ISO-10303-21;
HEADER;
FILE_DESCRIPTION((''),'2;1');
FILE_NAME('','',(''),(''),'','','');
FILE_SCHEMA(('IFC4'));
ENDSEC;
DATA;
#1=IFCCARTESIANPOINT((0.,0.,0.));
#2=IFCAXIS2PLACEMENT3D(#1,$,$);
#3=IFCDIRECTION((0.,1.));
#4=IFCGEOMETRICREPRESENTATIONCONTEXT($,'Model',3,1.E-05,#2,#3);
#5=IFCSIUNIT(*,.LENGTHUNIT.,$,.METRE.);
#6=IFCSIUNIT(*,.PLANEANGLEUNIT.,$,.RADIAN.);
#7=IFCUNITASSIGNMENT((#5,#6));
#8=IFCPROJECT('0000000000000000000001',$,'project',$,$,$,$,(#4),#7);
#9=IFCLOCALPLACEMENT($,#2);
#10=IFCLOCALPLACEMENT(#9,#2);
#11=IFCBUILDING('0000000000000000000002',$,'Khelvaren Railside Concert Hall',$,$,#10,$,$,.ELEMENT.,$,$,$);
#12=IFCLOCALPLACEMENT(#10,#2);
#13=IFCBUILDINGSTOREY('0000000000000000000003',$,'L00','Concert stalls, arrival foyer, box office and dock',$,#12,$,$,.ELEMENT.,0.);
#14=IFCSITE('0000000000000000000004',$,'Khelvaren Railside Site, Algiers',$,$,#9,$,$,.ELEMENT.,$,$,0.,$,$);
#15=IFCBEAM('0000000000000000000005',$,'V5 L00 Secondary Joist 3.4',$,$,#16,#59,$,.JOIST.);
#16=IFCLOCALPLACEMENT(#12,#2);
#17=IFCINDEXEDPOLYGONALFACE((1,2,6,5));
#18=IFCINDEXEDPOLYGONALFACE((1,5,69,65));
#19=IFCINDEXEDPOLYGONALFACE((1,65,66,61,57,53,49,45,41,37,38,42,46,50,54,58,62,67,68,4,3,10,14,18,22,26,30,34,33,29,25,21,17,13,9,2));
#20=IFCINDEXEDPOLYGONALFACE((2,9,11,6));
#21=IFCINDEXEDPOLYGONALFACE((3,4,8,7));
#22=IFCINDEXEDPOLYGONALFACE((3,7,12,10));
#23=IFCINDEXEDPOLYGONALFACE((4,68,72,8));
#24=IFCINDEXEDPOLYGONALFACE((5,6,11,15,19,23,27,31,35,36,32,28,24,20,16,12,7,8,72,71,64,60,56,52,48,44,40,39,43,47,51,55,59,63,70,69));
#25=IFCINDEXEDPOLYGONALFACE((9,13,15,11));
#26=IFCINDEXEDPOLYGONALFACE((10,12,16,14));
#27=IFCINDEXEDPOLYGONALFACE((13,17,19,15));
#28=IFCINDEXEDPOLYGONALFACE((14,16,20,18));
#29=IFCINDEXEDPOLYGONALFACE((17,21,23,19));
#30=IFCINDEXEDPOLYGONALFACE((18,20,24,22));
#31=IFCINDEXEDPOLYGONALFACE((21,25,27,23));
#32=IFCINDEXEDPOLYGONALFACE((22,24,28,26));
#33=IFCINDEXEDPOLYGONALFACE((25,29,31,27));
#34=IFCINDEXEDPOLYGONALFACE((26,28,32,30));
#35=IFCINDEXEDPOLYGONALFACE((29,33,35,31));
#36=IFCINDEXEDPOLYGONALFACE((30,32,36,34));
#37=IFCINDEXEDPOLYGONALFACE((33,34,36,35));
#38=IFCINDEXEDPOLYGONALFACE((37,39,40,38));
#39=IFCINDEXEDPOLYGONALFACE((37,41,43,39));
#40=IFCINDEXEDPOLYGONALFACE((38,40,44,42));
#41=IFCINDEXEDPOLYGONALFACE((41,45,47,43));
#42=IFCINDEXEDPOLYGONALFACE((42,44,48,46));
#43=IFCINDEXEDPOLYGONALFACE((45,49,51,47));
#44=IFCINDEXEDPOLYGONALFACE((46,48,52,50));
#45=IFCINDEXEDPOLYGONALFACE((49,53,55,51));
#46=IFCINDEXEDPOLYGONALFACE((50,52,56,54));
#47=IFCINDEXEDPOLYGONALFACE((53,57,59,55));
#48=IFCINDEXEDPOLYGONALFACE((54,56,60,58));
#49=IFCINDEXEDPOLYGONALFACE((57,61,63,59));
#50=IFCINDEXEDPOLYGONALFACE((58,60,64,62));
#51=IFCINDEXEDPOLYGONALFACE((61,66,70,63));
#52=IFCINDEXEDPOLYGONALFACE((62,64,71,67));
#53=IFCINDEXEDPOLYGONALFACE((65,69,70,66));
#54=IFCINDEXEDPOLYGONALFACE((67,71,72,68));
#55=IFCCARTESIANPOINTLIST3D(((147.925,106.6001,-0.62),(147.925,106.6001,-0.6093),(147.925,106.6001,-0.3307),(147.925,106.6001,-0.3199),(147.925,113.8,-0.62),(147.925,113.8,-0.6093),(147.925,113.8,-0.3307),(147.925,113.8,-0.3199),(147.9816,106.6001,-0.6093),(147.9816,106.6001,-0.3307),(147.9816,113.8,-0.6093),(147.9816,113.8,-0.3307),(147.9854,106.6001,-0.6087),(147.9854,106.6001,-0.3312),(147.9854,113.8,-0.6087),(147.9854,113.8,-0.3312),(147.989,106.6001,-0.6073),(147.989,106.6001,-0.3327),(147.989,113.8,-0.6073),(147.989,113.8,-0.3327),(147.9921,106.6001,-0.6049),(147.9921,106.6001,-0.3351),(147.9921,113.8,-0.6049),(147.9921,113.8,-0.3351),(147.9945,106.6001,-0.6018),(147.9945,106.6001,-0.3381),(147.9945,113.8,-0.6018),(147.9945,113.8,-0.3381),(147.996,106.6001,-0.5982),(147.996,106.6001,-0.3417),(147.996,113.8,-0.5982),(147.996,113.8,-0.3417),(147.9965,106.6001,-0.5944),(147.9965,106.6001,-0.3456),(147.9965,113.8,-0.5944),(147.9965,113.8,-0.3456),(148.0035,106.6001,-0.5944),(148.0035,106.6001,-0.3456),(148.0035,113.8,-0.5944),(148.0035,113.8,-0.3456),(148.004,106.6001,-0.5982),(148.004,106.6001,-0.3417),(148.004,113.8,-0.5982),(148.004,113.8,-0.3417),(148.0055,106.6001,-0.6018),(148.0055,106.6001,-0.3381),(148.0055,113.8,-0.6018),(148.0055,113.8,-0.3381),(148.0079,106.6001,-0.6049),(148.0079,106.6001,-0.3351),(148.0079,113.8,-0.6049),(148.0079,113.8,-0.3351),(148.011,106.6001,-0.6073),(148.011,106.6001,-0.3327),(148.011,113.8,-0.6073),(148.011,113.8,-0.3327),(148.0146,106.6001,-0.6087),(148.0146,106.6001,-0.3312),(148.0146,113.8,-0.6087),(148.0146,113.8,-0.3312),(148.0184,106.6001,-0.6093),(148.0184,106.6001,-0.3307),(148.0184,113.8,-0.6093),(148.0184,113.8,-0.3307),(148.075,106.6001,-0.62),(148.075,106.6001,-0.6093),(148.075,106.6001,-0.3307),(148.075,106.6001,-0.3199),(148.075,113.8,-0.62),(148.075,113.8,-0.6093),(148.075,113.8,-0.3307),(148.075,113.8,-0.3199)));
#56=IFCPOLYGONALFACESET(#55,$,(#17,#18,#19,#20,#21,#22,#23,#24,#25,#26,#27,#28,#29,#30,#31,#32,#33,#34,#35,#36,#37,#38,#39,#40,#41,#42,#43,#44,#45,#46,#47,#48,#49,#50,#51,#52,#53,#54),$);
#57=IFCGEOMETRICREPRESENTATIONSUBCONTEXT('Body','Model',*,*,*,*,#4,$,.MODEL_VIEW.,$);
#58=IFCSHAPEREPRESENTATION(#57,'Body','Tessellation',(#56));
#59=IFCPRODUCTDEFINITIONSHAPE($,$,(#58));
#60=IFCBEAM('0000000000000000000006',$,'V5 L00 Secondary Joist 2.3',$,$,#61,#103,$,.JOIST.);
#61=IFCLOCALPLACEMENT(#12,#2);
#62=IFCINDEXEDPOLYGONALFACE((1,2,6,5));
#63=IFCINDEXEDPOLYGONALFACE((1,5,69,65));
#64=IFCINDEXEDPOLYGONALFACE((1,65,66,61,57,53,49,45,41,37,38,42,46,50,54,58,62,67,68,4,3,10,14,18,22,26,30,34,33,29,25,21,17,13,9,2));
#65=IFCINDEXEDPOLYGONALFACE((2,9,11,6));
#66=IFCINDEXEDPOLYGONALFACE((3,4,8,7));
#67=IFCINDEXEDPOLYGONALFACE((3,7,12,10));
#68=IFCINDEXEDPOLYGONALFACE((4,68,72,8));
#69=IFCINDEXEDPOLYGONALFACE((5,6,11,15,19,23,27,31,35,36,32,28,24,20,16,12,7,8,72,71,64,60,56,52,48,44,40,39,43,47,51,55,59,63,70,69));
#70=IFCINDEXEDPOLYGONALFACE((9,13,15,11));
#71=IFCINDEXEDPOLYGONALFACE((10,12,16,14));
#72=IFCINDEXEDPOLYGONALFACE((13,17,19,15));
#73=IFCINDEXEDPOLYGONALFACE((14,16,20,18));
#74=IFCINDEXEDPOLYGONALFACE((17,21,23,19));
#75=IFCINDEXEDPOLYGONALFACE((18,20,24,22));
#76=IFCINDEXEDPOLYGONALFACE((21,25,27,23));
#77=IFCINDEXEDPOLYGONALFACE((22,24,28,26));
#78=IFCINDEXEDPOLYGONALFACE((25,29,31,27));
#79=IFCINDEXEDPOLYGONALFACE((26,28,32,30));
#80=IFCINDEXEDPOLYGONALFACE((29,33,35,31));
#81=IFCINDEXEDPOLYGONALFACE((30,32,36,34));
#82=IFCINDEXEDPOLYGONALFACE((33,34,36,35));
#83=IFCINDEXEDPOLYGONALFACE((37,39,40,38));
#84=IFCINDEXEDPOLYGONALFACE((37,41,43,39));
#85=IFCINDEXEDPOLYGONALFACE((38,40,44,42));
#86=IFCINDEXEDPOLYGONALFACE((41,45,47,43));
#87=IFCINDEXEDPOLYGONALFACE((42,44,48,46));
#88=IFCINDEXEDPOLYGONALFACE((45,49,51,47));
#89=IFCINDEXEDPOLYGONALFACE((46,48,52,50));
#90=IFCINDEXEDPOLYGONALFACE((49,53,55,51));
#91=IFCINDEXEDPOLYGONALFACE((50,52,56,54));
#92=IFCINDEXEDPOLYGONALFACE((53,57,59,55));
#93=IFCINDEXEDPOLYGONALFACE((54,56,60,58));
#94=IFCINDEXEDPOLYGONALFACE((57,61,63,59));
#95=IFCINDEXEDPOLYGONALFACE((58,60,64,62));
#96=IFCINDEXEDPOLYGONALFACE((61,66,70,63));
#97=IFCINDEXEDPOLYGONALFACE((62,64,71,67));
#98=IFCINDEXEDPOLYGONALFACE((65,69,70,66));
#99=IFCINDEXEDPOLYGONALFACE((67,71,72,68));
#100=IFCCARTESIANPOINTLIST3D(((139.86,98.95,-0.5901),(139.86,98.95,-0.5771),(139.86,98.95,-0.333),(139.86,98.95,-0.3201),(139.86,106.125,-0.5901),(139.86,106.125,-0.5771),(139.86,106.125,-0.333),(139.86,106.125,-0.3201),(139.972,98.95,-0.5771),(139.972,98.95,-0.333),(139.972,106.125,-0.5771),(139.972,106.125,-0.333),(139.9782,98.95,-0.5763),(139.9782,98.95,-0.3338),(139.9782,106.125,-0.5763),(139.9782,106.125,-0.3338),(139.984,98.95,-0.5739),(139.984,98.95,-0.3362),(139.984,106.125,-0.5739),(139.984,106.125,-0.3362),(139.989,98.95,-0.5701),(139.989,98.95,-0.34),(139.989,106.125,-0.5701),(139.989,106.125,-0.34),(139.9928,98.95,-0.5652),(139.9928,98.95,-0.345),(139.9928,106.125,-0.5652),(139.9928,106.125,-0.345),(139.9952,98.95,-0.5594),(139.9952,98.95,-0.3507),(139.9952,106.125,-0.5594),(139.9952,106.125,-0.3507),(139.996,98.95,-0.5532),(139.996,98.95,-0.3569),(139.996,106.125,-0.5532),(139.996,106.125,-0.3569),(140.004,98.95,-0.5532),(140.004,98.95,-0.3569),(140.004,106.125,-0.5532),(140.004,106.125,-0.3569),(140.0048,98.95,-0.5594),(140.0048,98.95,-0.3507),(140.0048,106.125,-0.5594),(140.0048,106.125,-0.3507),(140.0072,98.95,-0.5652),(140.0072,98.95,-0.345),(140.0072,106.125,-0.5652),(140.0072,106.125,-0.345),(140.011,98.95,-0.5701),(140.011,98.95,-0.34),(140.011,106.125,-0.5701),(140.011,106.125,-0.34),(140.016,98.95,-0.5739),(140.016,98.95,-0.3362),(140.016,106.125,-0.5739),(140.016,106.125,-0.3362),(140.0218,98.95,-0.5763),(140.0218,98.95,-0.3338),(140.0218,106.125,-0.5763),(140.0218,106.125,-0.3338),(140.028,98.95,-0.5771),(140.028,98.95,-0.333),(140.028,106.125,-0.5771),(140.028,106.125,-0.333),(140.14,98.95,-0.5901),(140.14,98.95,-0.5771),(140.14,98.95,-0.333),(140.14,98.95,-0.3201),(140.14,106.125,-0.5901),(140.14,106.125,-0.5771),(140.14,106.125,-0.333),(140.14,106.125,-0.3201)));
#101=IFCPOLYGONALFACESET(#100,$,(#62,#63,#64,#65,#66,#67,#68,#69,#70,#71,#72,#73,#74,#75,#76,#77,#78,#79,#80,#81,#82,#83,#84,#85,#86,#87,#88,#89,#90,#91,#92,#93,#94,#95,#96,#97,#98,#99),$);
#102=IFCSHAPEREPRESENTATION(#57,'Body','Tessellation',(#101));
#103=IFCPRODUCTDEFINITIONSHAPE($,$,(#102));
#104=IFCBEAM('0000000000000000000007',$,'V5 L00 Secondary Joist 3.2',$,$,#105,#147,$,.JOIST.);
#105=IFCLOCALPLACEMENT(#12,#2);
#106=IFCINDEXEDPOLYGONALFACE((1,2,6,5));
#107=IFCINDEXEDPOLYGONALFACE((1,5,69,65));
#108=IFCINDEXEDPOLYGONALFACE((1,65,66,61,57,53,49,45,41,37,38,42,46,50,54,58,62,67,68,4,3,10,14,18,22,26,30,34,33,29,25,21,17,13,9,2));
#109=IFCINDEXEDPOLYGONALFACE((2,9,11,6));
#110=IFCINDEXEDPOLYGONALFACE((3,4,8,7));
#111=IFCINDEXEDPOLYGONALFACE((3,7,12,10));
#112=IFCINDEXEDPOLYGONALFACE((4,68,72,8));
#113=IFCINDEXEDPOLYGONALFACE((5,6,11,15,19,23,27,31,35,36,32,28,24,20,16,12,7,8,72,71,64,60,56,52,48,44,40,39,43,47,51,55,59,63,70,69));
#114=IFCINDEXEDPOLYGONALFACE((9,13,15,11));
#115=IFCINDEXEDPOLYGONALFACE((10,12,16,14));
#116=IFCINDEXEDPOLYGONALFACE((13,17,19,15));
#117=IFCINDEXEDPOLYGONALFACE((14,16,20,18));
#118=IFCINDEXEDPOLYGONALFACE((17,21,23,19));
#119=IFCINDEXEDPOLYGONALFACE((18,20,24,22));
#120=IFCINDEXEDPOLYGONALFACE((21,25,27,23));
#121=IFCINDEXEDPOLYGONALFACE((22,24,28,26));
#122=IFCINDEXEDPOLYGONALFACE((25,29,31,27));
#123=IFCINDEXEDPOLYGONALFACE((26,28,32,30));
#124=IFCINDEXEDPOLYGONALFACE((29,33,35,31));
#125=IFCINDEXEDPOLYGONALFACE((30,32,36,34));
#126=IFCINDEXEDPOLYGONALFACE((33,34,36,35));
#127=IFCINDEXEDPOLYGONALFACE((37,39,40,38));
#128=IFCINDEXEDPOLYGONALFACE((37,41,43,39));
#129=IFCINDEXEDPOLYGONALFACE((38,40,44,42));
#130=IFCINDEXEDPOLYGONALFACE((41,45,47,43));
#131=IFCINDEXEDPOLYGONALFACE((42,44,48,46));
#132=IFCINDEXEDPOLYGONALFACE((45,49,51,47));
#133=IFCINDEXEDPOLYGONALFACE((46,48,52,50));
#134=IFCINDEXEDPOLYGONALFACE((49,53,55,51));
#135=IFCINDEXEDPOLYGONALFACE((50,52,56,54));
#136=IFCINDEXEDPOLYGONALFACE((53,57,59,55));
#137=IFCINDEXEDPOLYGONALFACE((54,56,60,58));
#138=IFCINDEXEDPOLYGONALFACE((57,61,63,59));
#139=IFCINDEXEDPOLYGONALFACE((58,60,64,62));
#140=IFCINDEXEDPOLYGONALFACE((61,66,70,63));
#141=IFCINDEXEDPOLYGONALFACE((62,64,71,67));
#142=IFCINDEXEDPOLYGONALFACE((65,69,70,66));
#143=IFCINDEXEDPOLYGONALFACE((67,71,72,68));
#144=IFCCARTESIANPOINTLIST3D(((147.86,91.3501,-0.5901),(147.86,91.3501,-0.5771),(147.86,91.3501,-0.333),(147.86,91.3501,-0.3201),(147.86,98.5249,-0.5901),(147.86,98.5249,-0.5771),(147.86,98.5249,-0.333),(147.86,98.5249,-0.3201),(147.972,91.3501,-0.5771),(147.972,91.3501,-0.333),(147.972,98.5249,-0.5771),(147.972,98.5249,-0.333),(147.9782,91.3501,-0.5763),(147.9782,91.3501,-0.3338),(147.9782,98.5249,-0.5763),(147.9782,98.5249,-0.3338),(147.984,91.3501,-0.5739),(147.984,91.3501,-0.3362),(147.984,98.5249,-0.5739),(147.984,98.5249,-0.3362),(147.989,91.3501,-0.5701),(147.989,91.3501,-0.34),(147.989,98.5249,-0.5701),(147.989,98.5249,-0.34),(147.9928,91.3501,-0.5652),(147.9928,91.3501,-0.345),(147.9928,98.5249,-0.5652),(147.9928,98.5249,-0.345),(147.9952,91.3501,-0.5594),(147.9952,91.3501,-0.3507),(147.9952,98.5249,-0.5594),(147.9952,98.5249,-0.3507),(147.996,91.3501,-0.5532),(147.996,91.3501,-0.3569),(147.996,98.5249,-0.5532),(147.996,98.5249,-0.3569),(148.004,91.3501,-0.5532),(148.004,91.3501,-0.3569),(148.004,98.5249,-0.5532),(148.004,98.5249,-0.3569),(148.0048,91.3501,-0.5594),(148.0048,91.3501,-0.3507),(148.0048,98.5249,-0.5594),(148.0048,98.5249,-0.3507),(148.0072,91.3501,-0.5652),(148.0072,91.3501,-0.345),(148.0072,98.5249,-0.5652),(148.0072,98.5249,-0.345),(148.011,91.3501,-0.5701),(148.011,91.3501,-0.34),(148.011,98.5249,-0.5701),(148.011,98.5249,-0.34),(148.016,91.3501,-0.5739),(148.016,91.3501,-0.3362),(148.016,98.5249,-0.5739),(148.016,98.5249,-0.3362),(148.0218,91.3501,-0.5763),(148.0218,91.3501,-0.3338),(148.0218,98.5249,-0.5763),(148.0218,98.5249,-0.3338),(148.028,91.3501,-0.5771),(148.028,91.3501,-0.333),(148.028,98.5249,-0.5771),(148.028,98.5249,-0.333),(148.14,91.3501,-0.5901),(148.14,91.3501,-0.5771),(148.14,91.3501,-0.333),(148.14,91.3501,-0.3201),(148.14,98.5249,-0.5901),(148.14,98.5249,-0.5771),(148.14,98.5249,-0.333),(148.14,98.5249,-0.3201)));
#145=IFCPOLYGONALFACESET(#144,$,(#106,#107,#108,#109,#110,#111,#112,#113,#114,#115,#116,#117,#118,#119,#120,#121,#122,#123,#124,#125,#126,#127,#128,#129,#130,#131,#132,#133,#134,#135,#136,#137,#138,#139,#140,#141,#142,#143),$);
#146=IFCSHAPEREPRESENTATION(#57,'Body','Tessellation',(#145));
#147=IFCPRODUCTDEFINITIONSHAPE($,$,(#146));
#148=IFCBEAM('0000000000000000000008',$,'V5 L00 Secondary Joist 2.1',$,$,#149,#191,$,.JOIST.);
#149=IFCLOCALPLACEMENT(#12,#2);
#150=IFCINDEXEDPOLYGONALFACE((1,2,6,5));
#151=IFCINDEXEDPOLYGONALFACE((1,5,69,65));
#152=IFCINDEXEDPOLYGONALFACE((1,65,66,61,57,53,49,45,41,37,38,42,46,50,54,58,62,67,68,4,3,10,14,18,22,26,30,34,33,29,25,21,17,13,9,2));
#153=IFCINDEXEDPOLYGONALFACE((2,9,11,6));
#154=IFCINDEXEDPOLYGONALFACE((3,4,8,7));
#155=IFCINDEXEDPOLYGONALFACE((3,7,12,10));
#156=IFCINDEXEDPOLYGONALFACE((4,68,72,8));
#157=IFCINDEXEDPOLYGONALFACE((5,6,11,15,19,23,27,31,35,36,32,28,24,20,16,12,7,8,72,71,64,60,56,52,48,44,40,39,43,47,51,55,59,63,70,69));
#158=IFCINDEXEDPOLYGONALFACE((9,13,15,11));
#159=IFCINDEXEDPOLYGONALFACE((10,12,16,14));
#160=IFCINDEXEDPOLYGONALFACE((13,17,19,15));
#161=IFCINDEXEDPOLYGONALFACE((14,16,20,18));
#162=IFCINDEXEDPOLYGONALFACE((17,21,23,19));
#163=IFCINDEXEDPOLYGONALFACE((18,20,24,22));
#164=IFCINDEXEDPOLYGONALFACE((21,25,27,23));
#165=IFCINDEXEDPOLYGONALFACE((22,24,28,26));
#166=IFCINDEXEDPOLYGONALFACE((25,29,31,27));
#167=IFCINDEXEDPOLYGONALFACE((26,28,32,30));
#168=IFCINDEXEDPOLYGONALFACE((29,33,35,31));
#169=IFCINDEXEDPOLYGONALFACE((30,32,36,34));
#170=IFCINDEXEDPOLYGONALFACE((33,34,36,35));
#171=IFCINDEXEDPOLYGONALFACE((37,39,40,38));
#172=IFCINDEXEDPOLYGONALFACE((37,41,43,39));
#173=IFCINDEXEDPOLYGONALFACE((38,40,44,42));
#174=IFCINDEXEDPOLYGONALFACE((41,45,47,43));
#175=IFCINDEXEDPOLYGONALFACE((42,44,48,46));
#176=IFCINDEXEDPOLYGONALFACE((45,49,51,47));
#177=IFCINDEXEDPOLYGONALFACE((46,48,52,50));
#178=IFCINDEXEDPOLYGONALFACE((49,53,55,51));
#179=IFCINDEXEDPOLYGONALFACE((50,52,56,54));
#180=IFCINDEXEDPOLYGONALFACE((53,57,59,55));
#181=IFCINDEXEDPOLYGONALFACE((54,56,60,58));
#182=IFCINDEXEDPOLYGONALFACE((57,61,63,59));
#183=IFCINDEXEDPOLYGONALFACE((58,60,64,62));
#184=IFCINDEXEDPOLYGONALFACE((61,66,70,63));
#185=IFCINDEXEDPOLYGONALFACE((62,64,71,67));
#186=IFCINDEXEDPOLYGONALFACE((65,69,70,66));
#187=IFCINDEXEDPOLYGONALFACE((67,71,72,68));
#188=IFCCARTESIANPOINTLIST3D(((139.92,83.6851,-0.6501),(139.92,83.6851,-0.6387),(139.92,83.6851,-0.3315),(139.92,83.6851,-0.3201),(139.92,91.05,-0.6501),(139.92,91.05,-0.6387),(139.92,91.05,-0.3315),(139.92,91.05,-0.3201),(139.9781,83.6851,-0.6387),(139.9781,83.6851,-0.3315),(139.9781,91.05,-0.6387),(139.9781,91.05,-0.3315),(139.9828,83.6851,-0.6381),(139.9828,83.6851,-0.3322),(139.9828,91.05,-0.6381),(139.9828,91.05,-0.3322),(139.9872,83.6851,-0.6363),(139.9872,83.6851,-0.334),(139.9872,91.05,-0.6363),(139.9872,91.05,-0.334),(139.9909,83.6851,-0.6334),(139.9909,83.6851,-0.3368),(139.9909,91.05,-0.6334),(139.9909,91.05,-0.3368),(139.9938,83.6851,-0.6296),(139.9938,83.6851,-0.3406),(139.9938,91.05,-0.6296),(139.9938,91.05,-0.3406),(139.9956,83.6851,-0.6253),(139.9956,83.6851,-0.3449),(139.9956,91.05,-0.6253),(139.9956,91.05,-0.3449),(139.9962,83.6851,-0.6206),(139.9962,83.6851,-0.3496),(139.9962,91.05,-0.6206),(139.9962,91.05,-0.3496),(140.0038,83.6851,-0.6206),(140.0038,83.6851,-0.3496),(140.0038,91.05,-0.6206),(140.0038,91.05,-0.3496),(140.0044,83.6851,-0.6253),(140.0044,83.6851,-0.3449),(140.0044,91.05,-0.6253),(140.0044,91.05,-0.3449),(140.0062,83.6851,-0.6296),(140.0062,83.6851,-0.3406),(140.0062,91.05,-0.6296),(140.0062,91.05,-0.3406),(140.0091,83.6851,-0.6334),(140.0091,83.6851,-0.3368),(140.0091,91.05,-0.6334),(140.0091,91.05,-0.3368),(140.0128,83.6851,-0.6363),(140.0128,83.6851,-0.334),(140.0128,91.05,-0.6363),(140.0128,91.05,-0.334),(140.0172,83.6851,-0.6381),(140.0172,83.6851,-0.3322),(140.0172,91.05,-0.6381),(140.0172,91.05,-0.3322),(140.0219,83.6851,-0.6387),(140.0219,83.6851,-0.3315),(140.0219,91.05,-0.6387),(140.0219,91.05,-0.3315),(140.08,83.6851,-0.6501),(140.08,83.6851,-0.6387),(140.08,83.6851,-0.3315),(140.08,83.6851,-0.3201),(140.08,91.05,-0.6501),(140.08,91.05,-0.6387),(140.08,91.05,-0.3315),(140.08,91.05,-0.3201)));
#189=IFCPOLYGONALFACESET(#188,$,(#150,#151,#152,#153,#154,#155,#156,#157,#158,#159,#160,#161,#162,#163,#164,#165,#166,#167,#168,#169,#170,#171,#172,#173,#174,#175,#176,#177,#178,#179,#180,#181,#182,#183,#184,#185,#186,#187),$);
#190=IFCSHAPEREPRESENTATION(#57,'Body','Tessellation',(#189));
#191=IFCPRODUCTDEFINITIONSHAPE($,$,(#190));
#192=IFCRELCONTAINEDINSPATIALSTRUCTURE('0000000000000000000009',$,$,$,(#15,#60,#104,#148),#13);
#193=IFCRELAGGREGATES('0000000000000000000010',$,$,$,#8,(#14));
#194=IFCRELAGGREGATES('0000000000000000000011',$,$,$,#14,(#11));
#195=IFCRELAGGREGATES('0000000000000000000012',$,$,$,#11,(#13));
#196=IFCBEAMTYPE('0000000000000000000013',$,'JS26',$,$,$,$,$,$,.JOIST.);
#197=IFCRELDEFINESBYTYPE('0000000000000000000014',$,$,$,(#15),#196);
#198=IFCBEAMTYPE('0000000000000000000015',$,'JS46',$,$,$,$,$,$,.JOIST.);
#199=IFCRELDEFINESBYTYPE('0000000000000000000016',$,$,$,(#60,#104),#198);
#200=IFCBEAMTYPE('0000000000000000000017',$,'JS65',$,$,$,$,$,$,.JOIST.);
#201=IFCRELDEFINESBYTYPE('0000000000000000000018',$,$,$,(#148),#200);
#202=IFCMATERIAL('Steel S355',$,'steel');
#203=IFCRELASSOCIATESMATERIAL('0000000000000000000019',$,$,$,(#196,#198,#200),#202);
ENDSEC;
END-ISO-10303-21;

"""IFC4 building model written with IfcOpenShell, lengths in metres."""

from ifc_helpers import new_model, si_unit, direction, frame, origin, origin_2d, place, context, subcontext, project, spatial, i_section, extrude, material, material_profile, profile_set, type_object, element, save


model = new_model("IFC4")

# Units and contexts
model_context = context("Model", 3, precision=1e-05, world=origin(), true_north=direction((0.0, 1.0)))
body_context = subcontext(model_context, "Body", "Model", "MODEL_VIEW")
ifc_project = project(units=[si_unit("LENGTHUNIT", "METRE"), si_unit("PLANEANGLEUNIT", "RADIAN")], contexts=[model_context])

# Site, building, storey
site_placement = place(None, origin())
site = spatial("IfcSite", under=ifc_project, at=site_placement, Name="Khelvaren Railside Site, Algiers", CompositionType="ELEMENT", RefElevation=0.0)
building_placement = place(site_placement, origin())
building = spatial("IfcBuilding", under=site, at=building_placement, Name="Khelvaren Railside Concert Hall", CompositionType="ELEMENT")
storey_placement = place(building_placement, origin())
storey = spatial("IfcBuildingStorey", under=building, at=storey_placement, Name="L00", Description="Concert stalls, arrival foyer, box office and dock", CompositionType="ELEMENT", Elevation=0.0)

# Beams
ifc_material_1 = material(Name="Steel S355", Category="steel")
ifc_material_profile_1 = material_profile(ifc_material_1, i_section(OverallWidth=0.1499, OverallDepth=0.3, WebThickness=0.0071, FlangeThickness=0.0107, FilletRadius=0.0149, at=origin_2d()), Name="IPE 300")
ifc_profile_set_1 = profile_set([ifc_material_profile_1], Name="Steel S355")
beam_type_1 = type_object("IfcBeamType", Name="JS26", PredefinedType="JOIST", material=ifc_profile_set_1)
beam_1_placement = place(storey_placement, frame((148.0, 106.6001, -0.47), z_axis=(0.0, 1.0, 0.0), x_axis=(-1.0, 0.0, 0.0)))
element("IfcBeam", 1, at=beam_1_placement, inside=storey, type_object=beam_type_1, Name="V5 L00 Secondary Joist 3.4", PredefinedType="JOIST", context=body_context, shape_type="SweptSolid", body=[
    extrude(i_section(OverallWidth=0.1499, OverallDepth=0.3, WebThickness=0.0071, FlangeThickness=0.0107, FilletRadius=0.0149, at=origin_2d()), origin(), (0.0, 0.0, 1.0), 7.2),
])
ifc_material_profile_2 = material_profile(ifc_material_1, i_section(OverallWidth=0.28, OverallDepth=0.27, WebThickness=0.0081, FlangeThickness=0.0129, FilletRadius=0.0239, at=origin_2d()), Name="HEA 280")
ifc_profile_set_2 = profile_set([ifc_material_profile_2], Name="Steel S355")
beam_type_2 = type_object("IfcBeamType", Name="JS46", PredefinedType="JOIST", material=ifc_profile_set_2)
beam_2_placement = place(storey_placement, frame((140.0, 98.95, -0.4551), z_axis=(0.0, 1.0, 0.0), x_axis=(-1.0, 0.0, 0.0)))
element("IfcBeam", 2, at=beam_2_placement, inside=storey, type_object=beam_type_2, Name="V5 L00 Secondary Joist 2.3", PredefinedType="JOIST", context=body_context, shape_type="SweptSolid", body=[
    extrude(i_section(OverallWidth=0.28, OverallDepth=0.27, WebThickness=0.0081, FlangeThickness=0.0129, FilletRadius=0.0239, at=origin_2d()), origin(), (0.0, 0.0, 1.0), 7.175),
])
beam_3_placement = place(storey_placement, frame((148.0, 91.3501, -0.4551), z_axis=(0.0, 1.0, 0.0), x_axis=(-1.0, 0.0, 0.0)))
element("IfcBeam", 3, at=beam_3_placement, inside=storey, type_object=beam_type_2, Name="V5 L00 Secondary Joist 3.2", PredefinedType="JOIST", context=body_context, shape_type="SweptSolid", body=[
    extrude(i_section(OverallWidth=0.28, OverallDepth=0.27, WebThickness=0.0081, FlangeThickness=0.0129, FilletRadius=0.0239, at=origin_2d()), origin(), (0.0, 0.0, 1.0), 7.1748),
])
ifc_material_profile_3 = material_profile(ifc_material_1, i_section(OverallWidth=0.1599, OverallDepth=0.3301, WebThickness=0.0076, FlangeThickness=0.0115, FilletRadius=0.0181, at=origin_2d()), Name="IPE 330")
ifc_profile_set_3 = profile_set([ifc_material_profile_3], Name="Steel S355")
beam_type_3 = type_object("IfcBeamType", Name="JS65", PredefinedType="JOIST", material=ifc_profile_set_3)
beam_4_placement = place(storey_placement, frame((140.0, 83.6851, -0.4851), z_axis=(0.0, 1.0, 0.0), x_axis=(-1.0, 0.0, 0.0)))
element("IfcBeam", 4, at=beam_4_placement, inside=storey, type_object=beam_type_3, Name="V5 L00 Secondary Joist 2.1", PredefinedType="JOIST", context=body_context, shape_type="SweptSolid", body=[
    extrude(i_section(OverallWidth=0.1599, OverallDepth=0.3301, WebThickness=0.0076, FlangeThickness=0.0115, FilletRadius=0.0181, at=origin_2d()), origin(), (0.0, 0.0, 1.0), 7.365),
])

save(model, "model.ifc")
